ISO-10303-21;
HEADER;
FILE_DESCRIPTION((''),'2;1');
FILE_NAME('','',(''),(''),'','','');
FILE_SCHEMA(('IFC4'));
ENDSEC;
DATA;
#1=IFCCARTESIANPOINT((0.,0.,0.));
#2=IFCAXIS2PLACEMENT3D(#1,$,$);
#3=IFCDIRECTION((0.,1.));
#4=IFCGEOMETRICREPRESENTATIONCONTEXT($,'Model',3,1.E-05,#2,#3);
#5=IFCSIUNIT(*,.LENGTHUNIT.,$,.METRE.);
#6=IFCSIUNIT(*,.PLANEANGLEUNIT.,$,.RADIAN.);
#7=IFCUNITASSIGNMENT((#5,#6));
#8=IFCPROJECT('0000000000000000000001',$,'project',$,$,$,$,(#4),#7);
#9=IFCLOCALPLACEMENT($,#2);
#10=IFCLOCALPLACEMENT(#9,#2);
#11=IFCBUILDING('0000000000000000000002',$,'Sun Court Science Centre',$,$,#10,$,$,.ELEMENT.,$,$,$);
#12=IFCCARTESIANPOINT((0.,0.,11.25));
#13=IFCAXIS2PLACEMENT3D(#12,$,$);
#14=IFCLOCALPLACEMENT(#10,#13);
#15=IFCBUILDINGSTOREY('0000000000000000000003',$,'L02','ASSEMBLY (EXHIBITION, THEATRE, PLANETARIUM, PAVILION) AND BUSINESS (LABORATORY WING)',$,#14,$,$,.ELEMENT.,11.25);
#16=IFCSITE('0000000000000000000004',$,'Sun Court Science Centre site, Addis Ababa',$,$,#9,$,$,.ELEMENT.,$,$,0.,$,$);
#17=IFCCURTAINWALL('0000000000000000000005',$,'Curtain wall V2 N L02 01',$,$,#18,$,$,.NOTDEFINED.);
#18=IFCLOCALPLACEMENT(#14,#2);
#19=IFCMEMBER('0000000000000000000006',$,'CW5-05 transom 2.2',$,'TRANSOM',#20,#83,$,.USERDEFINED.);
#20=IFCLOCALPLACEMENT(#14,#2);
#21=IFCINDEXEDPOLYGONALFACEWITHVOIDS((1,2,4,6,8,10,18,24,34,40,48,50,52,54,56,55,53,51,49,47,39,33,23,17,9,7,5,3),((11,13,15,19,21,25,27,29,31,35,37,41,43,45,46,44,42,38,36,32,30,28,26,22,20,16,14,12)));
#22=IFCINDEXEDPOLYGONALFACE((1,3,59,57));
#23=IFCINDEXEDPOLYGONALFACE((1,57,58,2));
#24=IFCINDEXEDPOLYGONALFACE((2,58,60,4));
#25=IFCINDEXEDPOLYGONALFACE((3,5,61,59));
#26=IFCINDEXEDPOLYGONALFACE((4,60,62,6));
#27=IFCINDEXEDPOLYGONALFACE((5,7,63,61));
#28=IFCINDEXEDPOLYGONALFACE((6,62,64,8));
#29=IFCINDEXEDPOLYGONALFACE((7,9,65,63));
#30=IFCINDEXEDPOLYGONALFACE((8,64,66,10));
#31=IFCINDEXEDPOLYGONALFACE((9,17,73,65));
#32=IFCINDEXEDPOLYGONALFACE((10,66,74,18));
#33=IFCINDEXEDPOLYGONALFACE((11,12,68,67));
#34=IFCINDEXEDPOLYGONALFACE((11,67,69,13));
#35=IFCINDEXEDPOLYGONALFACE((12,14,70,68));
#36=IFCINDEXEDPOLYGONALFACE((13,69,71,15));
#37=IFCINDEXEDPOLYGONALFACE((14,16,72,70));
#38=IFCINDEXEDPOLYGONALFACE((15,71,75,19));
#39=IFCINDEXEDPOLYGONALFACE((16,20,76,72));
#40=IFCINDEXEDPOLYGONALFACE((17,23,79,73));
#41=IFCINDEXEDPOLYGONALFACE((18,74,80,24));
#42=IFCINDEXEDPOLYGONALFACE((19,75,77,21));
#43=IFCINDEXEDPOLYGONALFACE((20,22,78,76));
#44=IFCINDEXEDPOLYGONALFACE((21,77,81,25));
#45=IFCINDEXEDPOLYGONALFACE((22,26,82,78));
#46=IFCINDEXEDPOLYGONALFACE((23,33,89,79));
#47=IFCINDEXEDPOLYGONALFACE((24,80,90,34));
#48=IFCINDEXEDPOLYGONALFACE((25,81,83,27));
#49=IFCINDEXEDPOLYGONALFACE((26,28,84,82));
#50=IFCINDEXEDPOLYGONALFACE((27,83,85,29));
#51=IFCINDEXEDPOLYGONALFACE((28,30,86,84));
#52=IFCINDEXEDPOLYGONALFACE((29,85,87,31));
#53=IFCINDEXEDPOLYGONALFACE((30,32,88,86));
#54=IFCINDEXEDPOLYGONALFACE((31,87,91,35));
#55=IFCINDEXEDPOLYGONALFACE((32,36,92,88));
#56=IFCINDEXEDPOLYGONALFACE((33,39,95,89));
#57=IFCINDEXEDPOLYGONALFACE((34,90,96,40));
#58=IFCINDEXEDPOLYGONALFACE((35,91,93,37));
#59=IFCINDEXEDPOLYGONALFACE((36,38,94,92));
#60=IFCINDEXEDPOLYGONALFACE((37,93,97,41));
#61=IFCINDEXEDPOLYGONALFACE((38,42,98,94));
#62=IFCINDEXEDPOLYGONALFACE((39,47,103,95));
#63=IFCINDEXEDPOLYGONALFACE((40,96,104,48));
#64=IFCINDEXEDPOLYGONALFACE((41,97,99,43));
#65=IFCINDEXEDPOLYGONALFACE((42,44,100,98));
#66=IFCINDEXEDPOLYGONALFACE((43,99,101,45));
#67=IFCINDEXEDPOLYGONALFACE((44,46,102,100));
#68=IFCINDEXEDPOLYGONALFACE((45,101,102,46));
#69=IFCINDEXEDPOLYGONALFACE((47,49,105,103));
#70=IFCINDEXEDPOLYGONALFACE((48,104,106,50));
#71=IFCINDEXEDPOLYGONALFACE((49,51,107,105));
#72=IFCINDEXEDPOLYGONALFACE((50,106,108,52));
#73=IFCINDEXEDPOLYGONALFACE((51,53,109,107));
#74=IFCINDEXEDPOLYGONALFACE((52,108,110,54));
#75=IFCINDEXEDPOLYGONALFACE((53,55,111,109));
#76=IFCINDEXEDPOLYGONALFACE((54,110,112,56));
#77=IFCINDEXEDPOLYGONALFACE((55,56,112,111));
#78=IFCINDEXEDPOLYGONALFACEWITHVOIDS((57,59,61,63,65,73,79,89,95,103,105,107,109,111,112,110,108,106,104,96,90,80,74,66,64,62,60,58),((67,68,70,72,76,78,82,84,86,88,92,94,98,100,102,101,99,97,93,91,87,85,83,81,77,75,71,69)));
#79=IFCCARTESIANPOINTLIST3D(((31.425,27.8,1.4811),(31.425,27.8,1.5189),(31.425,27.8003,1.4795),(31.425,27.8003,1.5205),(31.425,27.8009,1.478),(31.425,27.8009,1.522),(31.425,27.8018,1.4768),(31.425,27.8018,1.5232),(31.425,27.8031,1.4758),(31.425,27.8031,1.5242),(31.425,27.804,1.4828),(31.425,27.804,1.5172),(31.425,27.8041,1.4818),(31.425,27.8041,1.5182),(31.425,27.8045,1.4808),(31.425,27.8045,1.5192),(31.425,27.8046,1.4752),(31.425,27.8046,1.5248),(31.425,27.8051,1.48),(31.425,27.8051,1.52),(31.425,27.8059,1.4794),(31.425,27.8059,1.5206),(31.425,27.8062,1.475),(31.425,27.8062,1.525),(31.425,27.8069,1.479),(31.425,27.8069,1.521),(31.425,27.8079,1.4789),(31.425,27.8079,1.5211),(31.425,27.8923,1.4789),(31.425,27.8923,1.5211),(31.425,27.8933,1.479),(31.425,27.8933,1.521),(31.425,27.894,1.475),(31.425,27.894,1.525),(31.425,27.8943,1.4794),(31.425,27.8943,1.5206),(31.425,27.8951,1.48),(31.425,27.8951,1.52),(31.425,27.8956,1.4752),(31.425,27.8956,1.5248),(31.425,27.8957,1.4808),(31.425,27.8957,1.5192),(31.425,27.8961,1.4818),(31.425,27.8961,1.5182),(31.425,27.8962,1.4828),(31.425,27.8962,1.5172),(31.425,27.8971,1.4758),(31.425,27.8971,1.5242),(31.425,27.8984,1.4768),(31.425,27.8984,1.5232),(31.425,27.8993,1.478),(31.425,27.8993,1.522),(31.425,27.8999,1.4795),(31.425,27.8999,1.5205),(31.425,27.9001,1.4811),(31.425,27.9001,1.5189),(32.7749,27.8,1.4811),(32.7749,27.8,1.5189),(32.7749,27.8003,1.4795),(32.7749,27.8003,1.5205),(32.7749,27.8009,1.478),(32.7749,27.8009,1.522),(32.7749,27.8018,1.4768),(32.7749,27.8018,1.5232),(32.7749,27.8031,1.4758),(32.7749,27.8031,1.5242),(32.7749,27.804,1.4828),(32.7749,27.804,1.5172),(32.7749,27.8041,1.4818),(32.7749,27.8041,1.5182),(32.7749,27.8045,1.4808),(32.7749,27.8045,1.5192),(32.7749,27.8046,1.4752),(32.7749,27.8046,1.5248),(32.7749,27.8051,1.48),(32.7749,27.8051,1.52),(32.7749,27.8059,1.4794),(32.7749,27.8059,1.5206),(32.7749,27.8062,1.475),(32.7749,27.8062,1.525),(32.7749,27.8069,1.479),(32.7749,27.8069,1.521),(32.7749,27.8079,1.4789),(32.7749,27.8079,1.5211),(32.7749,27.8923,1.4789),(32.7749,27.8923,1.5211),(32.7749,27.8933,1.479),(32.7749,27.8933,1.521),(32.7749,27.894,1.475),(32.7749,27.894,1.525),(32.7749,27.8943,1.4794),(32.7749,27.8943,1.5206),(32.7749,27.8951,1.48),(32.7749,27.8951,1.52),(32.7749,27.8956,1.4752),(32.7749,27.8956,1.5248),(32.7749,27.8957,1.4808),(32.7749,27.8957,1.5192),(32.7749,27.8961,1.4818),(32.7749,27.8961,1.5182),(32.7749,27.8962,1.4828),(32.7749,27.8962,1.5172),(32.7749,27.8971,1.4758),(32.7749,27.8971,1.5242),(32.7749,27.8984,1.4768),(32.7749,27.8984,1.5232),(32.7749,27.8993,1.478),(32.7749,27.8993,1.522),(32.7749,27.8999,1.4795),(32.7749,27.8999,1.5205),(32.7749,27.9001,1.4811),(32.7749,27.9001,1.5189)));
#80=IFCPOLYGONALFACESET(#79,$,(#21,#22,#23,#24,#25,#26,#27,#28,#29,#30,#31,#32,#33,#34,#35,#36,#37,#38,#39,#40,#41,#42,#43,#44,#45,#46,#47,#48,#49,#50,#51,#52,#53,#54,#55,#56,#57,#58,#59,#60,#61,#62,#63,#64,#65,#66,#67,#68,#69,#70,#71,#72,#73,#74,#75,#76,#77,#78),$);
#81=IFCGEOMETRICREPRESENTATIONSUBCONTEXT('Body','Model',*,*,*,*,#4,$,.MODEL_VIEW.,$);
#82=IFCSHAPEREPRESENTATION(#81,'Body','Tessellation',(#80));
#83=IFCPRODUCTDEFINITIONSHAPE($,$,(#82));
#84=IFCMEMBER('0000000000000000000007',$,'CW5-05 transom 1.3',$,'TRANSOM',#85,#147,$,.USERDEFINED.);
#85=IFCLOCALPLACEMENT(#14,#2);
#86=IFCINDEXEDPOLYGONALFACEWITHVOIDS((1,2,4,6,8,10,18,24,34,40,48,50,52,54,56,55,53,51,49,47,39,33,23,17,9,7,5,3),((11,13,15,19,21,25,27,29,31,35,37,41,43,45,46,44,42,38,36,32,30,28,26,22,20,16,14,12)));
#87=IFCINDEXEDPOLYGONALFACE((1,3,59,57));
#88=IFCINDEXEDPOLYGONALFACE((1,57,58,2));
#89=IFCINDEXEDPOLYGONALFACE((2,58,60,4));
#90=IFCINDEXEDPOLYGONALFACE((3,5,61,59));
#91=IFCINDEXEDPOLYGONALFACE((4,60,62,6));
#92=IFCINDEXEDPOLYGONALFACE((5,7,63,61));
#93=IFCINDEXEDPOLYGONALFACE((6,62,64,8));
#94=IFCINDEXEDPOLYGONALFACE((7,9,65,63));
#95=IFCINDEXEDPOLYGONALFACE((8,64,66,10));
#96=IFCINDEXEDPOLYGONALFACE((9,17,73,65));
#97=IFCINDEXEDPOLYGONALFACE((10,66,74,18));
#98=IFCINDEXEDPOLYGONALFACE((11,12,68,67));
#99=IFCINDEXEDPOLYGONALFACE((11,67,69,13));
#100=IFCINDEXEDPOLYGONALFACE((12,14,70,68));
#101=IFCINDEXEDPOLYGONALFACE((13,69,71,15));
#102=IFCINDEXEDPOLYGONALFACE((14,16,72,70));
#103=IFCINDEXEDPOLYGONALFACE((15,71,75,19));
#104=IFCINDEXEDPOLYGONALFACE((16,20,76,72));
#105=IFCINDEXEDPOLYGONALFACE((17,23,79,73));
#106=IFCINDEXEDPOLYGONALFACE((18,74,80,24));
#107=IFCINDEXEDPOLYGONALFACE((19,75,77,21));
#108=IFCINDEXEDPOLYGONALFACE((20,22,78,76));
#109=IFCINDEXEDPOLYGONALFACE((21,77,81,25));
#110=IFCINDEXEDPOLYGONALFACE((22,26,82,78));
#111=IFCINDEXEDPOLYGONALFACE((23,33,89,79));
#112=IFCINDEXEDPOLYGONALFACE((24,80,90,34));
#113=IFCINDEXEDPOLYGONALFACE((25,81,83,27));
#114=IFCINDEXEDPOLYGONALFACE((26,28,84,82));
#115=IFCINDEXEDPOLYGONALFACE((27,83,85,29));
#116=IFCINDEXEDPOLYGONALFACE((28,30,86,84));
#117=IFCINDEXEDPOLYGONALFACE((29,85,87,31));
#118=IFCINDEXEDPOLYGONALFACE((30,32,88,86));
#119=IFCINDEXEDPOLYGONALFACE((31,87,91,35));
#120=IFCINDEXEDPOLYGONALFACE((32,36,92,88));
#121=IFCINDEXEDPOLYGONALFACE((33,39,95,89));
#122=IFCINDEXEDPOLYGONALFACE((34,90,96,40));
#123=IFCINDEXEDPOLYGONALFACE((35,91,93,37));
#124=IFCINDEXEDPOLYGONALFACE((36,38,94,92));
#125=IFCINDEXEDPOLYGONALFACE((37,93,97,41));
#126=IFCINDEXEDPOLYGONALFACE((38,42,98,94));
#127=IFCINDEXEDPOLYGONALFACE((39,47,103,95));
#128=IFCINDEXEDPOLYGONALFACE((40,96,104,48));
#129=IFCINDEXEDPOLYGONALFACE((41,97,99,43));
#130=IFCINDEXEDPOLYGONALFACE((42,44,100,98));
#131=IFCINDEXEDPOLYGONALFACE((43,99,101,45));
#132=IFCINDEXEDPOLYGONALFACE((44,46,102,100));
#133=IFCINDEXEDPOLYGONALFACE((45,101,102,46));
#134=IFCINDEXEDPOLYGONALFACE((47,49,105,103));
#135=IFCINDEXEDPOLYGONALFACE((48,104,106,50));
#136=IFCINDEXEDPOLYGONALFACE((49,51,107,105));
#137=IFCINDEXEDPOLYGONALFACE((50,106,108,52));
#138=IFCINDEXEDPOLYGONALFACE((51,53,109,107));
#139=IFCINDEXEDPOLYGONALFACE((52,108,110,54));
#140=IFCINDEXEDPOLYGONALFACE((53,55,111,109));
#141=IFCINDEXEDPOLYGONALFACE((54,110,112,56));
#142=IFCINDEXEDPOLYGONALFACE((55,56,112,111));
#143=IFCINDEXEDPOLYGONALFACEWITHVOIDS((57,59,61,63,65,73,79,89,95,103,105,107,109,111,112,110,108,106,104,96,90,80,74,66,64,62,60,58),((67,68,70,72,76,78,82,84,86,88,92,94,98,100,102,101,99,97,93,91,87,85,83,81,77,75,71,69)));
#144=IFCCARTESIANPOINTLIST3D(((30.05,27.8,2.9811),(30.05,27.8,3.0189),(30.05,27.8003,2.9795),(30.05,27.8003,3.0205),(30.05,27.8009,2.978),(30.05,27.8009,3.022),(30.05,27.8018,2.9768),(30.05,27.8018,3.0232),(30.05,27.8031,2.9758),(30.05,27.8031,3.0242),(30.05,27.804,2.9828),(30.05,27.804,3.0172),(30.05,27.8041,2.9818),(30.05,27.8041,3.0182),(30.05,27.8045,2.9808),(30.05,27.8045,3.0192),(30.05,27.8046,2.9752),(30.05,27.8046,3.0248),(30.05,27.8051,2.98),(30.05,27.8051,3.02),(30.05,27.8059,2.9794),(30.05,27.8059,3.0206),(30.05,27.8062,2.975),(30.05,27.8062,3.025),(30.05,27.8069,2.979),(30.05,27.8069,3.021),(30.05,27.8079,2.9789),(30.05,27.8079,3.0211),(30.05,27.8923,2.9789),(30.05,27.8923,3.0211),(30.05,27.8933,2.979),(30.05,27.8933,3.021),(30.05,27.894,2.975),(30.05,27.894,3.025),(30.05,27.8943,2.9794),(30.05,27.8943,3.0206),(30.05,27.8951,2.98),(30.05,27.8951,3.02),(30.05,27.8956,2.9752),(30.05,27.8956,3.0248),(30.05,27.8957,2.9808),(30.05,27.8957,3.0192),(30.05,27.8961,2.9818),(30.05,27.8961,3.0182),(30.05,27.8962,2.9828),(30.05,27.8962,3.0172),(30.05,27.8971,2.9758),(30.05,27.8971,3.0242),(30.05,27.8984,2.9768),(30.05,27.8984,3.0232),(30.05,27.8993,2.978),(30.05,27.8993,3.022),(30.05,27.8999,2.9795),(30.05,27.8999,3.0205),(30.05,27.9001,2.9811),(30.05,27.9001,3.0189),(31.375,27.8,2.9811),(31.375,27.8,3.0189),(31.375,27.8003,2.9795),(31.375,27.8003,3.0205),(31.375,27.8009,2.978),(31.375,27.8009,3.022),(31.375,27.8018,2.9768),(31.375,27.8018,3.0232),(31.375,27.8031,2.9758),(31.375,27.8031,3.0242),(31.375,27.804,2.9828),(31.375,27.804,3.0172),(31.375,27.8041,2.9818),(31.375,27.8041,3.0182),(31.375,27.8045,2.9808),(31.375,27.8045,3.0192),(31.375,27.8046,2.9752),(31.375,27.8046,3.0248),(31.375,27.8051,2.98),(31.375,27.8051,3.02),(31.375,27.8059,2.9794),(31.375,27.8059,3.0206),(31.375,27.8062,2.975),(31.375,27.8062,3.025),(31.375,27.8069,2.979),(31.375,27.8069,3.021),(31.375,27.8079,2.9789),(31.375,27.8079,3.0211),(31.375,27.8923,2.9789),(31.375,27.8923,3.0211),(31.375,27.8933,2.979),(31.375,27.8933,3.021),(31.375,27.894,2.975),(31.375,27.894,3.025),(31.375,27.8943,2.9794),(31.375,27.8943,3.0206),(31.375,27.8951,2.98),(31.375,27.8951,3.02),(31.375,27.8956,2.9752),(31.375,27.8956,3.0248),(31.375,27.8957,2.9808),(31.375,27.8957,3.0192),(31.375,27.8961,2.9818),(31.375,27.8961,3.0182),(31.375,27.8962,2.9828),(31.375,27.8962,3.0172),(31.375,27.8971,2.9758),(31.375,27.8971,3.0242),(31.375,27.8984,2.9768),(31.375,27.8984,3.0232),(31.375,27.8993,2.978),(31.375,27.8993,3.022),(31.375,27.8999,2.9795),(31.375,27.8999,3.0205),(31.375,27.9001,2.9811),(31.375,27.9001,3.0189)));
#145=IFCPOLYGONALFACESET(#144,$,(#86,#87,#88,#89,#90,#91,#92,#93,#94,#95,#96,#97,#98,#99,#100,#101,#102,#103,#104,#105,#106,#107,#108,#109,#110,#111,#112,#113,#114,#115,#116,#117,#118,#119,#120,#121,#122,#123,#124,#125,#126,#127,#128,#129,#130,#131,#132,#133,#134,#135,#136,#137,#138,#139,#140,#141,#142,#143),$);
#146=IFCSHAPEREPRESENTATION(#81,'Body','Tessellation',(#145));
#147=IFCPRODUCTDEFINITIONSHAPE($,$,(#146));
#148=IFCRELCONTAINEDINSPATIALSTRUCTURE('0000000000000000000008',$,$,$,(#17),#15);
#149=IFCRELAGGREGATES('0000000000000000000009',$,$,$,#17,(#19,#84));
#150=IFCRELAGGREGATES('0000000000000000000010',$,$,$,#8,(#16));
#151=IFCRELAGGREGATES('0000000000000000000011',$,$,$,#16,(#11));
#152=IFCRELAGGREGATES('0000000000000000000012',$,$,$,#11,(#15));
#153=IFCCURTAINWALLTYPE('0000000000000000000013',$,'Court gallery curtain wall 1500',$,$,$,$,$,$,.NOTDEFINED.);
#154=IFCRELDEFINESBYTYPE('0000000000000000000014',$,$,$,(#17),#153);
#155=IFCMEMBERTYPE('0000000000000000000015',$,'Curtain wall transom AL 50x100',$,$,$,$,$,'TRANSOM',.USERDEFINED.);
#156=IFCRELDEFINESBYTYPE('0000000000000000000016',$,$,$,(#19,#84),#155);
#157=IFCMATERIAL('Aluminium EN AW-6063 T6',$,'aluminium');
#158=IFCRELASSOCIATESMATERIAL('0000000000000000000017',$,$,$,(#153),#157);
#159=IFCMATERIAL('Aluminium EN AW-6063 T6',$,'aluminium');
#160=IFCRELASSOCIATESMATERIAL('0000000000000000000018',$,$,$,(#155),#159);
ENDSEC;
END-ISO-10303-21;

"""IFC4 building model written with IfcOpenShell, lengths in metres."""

from ifc_helpers import new_model, si_unit, direction, frame, origin, origin_2d, place, context, subcontext, project, spatial, hollow_rectangle, extrude, material, material_profile, profile_set, type_object, element, aggregate, save


model = new_model("IFC4")

# Units and contexts
model_context = context("Model", 3, precision=1e-05, world=origin(), true_north=direction((0.0, 1.0)))
body_context = subcontext(model_context, "Body", "Model", "MODEL_VIEW")
ifc_project = project(units=[si_unit("LENGTHUNIT", "METRE"), si_unit("PLANEANGLEUNIT", "RADIAN")], contexts=[model_context])

# Site, building, storey
site_placement = place(None, origin())
site = spatial("IfcSite", under=ifc_project, at=site_placement, Name="Sun Court Science Centre site, Addis Ababa", CompositionType="ELEMENT", RefElevation=0.0)
building_placement = place(site_placement, origin())
building = spatial("IfcBuilding", under=site, at=building_placement, Name="Sun Court Science Centre", CompositionType="ELEMENT")
storey_placement = place(building_placement, frame((0.0, 0.0, 11.25)))
storey = spatial("IfcBuildingStorey", under=building, at=storey_placement, Name="L02", Description="ASSEMBLY (EXHIBITION, THEATRE, PLANETARIUM, PAVILION) AND BUSINESS (LABORATORY WING)", CompositionType="ELEMENT", Elevation=11.25)

# Curtain wall, members
ifc_material_1 = material(Name="Aluminium EN AW-6063 T6", Category="aluminium")
curtain_wall_type = type_object("IfcCurtainWallType", Name="Court gallery curtain wall 1500", PredefinedType="NOTDEFINED", material=ifc_material_1)
curtain_wall_placement = place(storey_placement, origin())
curtain_wall = element("IfcCurtainWall", 1, at=curtain_wall_placement, inside=storey, type_object=curtain_wall_type, Name="Curtain wall V2 N L02 01", PredefinedType="NOTDEFINED")
ifc_material_2 = material(Name="Aluminium EN AW-6063 T6", Category="aluminium")
ifc_material_profile_1 = material_profile(ifc_material_2, hollow_rectangle(XDim=0.05, YDim=0.1001, WallThickness=0.0039, InnerFilletRadius=0.0039, OuterFilletRadius=0.0061, at=origin_2d()), Name="AL 50x100x4")
ifc_profile_set_1 = profile_set([ifc_material_profile_1], Name="Aluminium EN AW-6063 T6")
member_type_1 = type_object("IfcMemberType", Name="Curtain wall transom AL 50x100", ElementType="TRANSOM", PredefinedType="USERDEFINED", material=ifc_profile_set_1)
member_1_placement = place(storey_placement, frame((31.425, 27.8501, 1.5), z_axis=(1.0, 0.0, 0.0), x_axis=(0.0, 0.0, 1.0)))
member_1 = element("IfcMember", 2, at=member_1_placement, type_object=member_type_1, Name="CW5-05 transom 2.2", ObjectType="TRANSOM", PredefinedType="USERDEFINED", context=body_context, shape_type="SweptSolid", body=[
    extrude(hollow_rectangle(XDim=0.05, YDim=0.1001, WallThickness=0.0039, InnerFilletRadius=0.0039, OuterFilletRadius=0.0061, at=origin_2d()), origin(), (0.0, 0.0, 1.0), 1.3499),
])
member_2_placement = place(storey_placement, frame((30.05, 27.8501, 3.0), z_axis=(1.0, 0.0, 0.0), x_axis=(0.0, 0.0, 1.0)))
member_2 = element("IfcMember", 3, at=member_2_placement, type_object=member_type_1, Name="CW5-05 transom 1.3", ObjectType="TRANSOM", PredefinedType="USERDEFINED", context=body_context, shape_type="SweptSolid", body=[
    extrude(hollow_rectangle(XDim=0.05, YDim=0.1001, WallThickness=0.0039, InnerFilletRadius=0.0039, OuterFilletRadius=0.0061, at=origin_2d()), origin(), (0.0, 0.0, 1.0), 1.325),
])

aggregate(curtain_wall, [member_1, member_2])

save(model, "model.ifc")
